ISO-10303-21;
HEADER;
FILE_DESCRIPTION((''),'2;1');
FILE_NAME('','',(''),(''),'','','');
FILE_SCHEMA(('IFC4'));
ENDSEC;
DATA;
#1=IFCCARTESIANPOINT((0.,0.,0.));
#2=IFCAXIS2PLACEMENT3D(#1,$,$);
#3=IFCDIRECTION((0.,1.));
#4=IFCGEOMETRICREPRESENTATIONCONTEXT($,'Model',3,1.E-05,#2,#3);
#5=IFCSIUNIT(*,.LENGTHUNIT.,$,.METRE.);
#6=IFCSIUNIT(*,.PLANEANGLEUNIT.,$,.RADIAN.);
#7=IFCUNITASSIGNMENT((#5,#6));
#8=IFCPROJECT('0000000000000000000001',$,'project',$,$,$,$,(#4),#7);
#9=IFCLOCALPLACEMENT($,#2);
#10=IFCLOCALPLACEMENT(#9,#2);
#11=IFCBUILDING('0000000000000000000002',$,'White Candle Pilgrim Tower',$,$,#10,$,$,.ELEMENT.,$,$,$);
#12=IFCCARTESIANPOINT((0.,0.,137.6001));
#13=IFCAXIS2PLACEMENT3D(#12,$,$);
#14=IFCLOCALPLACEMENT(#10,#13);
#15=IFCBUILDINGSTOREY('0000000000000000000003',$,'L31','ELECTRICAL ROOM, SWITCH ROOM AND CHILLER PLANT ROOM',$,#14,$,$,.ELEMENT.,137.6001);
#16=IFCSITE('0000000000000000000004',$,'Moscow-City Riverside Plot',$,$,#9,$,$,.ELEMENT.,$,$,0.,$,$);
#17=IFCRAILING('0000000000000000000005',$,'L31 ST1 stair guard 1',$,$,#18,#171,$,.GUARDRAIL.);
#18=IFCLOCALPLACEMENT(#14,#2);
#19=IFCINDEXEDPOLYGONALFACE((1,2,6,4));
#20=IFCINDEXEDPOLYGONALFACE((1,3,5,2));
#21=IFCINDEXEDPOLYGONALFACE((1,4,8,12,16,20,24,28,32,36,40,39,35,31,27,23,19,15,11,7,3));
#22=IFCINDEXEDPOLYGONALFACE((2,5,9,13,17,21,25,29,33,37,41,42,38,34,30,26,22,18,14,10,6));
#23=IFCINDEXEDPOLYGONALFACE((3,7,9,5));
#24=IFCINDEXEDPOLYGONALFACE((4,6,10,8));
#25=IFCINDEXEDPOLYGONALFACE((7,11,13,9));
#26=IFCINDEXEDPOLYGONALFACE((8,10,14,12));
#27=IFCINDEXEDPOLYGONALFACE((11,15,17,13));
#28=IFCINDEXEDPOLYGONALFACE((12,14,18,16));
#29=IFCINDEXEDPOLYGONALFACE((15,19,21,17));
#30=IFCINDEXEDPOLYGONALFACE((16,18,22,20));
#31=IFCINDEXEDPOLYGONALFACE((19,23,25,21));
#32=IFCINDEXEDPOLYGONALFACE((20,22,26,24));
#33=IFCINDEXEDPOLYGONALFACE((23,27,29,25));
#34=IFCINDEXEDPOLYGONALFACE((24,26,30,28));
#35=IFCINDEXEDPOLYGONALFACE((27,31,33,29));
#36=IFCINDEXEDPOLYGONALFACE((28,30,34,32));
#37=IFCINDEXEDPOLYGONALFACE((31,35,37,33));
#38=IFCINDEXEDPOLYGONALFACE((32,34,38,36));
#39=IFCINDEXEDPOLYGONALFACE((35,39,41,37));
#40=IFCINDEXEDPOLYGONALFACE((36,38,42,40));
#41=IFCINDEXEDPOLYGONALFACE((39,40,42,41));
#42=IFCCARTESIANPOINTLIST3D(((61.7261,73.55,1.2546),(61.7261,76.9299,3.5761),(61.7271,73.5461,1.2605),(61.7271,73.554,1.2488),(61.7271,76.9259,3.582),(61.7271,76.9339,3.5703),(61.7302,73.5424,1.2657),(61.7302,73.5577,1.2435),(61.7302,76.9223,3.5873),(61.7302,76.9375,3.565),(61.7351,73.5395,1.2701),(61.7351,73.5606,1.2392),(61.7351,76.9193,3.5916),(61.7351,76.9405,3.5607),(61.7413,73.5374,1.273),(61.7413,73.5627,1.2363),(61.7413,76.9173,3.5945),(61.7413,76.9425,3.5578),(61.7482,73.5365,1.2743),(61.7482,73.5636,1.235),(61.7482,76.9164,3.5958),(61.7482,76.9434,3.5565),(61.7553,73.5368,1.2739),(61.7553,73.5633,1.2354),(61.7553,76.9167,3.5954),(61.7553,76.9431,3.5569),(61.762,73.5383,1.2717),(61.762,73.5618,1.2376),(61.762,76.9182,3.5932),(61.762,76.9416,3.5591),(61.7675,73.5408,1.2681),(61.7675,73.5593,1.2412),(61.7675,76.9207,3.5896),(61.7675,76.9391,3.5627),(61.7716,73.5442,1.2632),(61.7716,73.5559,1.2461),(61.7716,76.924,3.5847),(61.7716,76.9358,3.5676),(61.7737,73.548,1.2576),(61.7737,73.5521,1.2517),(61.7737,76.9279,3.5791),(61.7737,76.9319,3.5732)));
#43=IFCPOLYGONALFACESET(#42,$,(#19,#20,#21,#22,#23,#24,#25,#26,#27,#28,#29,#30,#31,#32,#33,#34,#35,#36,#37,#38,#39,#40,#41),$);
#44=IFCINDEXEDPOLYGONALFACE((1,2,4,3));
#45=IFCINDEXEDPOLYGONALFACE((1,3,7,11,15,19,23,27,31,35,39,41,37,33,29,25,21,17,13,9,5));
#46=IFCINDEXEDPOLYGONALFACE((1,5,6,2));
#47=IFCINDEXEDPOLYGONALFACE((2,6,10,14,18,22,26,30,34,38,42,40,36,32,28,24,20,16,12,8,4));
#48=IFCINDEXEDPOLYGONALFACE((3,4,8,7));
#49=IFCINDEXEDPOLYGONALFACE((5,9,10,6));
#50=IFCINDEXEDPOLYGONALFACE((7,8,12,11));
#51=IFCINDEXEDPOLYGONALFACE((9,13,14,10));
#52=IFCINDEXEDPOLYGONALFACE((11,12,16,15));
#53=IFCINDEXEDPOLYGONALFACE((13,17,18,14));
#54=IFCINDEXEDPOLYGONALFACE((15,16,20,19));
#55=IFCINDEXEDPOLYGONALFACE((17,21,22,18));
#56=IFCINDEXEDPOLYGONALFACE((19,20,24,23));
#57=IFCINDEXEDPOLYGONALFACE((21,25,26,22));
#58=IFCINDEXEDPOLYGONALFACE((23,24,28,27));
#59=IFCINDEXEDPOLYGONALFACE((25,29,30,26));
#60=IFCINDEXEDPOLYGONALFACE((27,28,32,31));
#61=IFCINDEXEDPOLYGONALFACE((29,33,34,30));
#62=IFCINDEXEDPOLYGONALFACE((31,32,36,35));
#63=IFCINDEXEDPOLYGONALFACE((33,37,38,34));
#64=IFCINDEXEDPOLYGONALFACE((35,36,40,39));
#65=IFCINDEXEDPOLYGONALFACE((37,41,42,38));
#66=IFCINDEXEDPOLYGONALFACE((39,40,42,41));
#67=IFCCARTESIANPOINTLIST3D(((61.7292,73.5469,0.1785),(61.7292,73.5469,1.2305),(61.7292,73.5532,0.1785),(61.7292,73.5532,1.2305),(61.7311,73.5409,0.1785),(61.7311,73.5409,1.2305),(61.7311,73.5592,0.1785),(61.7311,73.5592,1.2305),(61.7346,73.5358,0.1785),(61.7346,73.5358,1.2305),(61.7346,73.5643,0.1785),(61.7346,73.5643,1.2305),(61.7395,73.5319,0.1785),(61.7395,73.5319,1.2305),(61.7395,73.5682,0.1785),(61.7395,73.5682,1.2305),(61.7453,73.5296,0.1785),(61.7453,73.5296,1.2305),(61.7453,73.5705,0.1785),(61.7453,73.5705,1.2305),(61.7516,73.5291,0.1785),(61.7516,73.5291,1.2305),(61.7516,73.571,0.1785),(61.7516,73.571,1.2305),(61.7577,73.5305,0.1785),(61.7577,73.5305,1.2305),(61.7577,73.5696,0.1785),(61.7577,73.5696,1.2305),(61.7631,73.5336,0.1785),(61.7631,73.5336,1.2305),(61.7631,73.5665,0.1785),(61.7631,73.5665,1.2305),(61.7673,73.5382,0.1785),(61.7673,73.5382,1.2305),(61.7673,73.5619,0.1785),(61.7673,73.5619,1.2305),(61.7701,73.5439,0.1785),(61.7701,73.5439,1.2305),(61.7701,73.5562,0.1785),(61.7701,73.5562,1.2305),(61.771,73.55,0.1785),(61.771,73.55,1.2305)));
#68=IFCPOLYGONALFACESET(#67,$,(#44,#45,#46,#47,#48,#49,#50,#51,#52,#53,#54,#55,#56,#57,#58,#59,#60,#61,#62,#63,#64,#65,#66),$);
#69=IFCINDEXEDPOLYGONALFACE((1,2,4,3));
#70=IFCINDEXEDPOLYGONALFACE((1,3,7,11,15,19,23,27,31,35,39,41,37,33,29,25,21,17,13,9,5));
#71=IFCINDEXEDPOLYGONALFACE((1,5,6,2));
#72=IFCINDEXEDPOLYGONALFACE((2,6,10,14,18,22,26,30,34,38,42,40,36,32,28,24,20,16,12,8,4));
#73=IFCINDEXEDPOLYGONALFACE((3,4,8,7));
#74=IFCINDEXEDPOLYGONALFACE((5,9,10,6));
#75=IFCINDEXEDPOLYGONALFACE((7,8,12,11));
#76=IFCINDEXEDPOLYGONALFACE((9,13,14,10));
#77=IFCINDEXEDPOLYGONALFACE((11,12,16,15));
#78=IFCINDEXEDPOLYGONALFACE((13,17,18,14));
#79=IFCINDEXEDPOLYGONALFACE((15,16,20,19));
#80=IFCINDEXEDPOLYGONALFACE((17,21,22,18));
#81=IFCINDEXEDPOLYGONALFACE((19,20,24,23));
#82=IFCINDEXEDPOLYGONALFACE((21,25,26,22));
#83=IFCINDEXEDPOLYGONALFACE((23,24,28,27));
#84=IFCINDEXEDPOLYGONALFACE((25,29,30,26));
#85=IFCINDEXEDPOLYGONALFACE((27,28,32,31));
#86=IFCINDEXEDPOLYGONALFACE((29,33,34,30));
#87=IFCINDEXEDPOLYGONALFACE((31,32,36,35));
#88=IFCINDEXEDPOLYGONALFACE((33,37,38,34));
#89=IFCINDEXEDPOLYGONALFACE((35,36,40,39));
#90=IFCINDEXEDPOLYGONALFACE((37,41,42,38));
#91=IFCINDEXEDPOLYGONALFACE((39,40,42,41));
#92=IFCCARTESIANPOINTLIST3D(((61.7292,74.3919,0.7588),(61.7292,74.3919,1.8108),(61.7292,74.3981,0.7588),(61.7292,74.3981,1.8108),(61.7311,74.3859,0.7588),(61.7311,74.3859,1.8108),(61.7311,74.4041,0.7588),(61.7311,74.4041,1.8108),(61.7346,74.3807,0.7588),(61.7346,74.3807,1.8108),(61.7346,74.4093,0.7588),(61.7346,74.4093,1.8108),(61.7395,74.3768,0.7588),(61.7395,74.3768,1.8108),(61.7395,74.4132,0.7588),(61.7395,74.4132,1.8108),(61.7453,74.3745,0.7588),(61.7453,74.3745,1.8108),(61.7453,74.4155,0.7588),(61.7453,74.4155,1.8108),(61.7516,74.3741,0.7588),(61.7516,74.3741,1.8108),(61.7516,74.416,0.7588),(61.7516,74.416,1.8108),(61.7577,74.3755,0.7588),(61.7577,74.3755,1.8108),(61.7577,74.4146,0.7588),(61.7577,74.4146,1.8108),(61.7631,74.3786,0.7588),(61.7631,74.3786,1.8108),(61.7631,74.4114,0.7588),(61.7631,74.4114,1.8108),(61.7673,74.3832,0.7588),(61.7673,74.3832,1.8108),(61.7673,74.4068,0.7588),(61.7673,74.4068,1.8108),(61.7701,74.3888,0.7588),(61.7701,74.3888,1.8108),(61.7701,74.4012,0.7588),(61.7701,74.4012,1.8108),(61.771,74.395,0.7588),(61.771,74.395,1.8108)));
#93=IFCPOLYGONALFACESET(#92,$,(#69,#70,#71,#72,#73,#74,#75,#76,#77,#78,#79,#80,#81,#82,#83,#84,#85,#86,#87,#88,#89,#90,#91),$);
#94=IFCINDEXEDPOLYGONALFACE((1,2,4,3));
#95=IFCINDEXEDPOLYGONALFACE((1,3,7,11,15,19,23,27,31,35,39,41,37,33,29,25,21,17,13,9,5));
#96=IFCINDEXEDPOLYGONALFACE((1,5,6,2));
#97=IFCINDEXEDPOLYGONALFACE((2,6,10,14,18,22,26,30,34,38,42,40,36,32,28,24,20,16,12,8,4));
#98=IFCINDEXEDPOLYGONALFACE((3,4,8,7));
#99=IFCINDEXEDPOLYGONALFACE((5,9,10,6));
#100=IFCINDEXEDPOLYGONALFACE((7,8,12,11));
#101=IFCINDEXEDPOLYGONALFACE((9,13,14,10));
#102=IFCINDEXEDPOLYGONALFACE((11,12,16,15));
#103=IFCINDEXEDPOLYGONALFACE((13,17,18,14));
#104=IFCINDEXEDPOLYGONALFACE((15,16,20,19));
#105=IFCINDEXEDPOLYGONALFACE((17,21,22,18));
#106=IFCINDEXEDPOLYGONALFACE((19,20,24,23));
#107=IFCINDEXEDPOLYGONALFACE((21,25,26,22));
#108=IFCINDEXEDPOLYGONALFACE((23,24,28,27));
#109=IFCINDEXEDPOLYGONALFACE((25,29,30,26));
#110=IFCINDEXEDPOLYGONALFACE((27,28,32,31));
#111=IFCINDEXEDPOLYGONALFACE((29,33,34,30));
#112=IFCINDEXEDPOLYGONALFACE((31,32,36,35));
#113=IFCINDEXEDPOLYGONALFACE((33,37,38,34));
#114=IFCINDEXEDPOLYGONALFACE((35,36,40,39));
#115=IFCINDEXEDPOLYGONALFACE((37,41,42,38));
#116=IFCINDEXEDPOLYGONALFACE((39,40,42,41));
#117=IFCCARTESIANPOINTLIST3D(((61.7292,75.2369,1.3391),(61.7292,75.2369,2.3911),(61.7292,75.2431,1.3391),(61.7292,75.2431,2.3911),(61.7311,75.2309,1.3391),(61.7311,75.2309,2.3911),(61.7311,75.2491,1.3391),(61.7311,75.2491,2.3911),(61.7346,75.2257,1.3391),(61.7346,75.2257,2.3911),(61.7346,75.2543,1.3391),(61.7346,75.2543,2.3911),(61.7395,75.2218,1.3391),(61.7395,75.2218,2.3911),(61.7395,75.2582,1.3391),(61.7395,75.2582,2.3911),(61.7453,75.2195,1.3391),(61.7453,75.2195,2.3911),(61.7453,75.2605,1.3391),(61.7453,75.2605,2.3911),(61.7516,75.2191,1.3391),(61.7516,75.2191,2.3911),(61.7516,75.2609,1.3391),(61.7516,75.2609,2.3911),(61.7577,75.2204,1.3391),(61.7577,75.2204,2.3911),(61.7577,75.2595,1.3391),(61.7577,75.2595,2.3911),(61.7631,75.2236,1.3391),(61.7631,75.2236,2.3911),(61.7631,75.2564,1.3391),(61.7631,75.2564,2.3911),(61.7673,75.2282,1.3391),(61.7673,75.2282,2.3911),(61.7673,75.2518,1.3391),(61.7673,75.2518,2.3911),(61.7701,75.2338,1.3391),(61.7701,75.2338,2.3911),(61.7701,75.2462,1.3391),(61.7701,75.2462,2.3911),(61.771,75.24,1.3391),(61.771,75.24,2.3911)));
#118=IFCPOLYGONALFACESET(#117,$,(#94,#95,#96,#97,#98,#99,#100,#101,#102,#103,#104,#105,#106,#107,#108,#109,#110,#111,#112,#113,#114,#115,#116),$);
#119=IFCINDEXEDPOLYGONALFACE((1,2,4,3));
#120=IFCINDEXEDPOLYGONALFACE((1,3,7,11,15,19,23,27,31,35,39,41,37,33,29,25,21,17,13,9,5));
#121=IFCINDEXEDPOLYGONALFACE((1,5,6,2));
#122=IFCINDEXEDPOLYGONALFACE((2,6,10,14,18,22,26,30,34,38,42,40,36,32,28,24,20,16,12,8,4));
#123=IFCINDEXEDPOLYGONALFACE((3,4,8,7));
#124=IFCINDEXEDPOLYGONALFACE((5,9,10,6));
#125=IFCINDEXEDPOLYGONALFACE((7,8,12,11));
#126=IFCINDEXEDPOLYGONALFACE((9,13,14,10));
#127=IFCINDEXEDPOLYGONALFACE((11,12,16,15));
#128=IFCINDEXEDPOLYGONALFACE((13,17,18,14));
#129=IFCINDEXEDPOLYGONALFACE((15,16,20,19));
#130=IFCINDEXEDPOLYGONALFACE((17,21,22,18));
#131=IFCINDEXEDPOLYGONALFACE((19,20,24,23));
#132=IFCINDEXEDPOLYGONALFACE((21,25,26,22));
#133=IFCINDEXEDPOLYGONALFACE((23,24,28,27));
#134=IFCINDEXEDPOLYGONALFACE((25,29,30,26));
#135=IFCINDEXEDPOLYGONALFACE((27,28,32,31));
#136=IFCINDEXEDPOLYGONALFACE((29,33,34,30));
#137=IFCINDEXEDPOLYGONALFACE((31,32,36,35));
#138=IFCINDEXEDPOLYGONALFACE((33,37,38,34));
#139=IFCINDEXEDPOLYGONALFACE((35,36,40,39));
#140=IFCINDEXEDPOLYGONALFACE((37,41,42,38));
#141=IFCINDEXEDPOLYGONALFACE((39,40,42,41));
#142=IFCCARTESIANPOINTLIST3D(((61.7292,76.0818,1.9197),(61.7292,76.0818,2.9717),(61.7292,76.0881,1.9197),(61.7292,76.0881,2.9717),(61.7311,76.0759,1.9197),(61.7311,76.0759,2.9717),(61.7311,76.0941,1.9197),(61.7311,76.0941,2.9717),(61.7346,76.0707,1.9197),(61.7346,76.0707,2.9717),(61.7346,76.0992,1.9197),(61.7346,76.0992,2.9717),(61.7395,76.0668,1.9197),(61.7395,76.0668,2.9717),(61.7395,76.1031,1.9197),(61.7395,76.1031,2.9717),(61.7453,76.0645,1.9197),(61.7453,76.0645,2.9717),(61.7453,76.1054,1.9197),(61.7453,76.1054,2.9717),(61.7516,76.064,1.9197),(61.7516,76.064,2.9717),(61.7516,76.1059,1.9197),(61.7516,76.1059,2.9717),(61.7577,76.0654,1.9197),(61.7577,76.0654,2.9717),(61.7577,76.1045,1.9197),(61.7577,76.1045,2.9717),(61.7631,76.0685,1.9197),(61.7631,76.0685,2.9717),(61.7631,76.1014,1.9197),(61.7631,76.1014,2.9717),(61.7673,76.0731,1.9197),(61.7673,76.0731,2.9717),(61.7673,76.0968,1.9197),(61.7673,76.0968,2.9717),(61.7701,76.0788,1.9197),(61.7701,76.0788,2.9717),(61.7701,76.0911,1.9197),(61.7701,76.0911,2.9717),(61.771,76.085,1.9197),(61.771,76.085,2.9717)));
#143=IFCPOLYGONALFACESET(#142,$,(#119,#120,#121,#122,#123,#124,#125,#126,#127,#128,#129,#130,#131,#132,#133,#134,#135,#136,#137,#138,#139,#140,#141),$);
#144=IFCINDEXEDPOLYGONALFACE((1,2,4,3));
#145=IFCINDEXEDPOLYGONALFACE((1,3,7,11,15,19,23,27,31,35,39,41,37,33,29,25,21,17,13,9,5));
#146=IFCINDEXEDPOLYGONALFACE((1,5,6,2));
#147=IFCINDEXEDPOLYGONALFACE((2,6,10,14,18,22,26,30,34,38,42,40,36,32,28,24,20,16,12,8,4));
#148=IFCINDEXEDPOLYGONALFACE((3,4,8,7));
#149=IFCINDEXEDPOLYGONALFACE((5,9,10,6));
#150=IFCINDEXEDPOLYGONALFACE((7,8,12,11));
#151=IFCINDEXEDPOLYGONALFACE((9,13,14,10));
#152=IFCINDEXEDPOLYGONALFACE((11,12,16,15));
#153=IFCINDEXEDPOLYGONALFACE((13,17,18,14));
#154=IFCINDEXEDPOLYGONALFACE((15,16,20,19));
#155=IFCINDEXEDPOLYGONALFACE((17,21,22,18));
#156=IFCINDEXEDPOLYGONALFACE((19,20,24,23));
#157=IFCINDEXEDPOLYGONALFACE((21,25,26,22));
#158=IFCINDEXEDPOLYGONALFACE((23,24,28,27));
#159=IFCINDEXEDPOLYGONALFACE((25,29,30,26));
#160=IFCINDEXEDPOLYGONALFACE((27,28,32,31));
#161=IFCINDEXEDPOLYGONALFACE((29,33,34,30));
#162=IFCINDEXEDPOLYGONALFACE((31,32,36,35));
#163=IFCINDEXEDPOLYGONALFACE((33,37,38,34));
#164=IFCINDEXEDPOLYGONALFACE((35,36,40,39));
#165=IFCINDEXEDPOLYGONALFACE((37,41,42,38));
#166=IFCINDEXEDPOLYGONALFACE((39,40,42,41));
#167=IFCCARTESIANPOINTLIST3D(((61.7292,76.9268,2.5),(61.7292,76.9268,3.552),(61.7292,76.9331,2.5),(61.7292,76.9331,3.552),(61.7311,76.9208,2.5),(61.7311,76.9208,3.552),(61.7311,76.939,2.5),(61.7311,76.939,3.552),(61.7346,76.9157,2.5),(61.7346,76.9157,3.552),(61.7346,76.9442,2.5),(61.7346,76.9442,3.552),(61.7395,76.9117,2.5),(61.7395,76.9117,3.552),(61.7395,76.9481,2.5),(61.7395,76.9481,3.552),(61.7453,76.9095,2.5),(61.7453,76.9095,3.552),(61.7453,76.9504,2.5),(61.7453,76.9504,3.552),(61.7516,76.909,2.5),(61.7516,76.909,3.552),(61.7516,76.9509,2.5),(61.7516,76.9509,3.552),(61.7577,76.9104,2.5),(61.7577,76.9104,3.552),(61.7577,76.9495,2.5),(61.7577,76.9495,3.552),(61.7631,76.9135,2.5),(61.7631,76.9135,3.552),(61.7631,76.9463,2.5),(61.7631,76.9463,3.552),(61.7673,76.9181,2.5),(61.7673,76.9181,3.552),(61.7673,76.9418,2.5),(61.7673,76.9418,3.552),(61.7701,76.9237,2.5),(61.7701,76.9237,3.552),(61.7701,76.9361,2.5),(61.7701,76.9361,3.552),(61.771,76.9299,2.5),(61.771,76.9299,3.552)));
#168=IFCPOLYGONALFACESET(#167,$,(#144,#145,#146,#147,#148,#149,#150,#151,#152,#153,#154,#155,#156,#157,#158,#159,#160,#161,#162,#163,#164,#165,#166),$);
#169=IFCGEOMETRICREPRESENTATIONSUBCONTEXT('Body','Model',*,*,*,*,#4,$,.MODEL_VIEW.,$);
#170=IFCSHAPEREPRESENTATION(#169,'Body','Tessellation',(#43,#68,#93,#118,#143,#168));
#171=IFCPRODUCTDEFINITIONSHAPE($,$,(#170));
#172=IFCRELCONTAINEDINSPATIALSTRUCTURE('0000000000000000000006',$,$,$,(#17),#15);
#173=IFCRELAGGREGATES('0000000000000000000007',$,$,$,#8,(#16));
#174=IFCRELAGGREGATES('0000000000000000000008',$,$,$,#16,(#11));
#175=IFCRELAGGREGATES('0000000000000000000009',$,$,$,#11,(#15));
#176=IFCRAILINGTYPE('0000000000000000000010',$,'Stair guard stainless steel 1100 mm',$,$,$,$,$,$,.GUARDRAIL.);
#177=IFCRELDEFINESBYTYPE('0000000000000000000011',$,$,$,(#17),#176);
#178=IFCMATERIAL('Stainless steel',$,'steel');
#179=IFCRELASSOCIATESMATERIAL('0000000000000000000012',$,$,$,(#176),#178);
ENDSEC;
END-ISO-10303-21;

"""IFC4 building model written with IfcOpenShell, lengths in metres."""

from ifc_helpers import new_model, si_unit, direction, frame, origin, origin_2d, place, context, subcontext, project, spatial, circle, extrude, material, type_object, element, save


model = new_model("IFC4")

# Units and contexts
model_context = context("Model", 3, precision=1e-05, world=origin(), true_north=direction((0.0, 1.0)))
body_context = subcontext(model_context, "Body", "Model", "MODEL_VIEW")
ifc_project = project(units=[si_unit("LENGTHUNIT", "METRE"), si_unit("PLANEANGLEUNIT", "RADIAN")], contexts=[model_context])

# Site, building, storey
site_placement = place(None, origin())
site = spatial("IfcSite", under=ifc_project, at=site_placement, Name="Moscow-City Riverside Plot", CompositionType="ELEMENT", RefElevation=0.0)
building_placement = place(site_placement, origin())
building = spatial("IfcBuilding", under=site, at=building_placement, Name="White Candle Pilgrim Tower", CompositionType="ELEMENT")
storey_placement = place(building_placement, frame((0.0, 0.0, 137.6001)))
storey = spatial("IfcBuildingStorey", under=building, at=storey_placement, Name="L31", Description="ELECTRICAL ROOM, SWITCH ROOM AND CHILLER PLANT ROOM", CompositionType="ELEMENT", Elevation=137.6001)

# Railing
ifc_material_1 = material(Name="Stainless steel", Category="steel")
railing_type_1 = type_object("IfcRailingType", Name="Stair guard stainless steel 1100 mm", PredefinedType="GUARDRAIL", material=ifc_material_1)
railing_1_placement = place(storey_placement, frame((61.75, 73.55, 0.1785)))
element("IfcRailing", 1, at=railing_1_placement, inside=storey, type_object=railing_type_1, Name="L31 ST1 stair guard 1", PredefinedType="GUARDRAIL", context=body_context, shape_type="SweptSolid", body=[
    extrude(circle(Radius=0.0239, at=origin_2d()), frame((0.0, 0.0, 1.0762), z_axis=(0.0, 0.824285, 0.566175), x_axis=(-1.0, 0.0, 0.0)), (0.0, 0.0, 1.0), 4.1003),
    extrude(circle(Radius=0.021, at=origin_2d()), origin(), (0.0, 0.0, 1.0), 1.052),
    extrude(circle(Radius=0.021, at=origin_2d()), frame((0.0, 0.845, 0.5803)), (0.0, 0.0, 1.0), 1.052),
    extrude(circle(Radius=0.021, at=origin_2d()), frame((0.0, 1.6899, 1.1606)), (0.0, 0.0, 1.0), 1.052),
    extrude(circle(Radius=0.021, at=origin_2d()), frame((0.0, 2.5349, 1.7412)), (0.0, 0.0, 1.0), 1.052),
    extrude(circle(Radius=0.021, at=origin_2d()), frame((0.0, 3.3799, 2.3215)), (0.0, 0.0, 1.0), 1.052),
])

save(model, "model.ifc")
